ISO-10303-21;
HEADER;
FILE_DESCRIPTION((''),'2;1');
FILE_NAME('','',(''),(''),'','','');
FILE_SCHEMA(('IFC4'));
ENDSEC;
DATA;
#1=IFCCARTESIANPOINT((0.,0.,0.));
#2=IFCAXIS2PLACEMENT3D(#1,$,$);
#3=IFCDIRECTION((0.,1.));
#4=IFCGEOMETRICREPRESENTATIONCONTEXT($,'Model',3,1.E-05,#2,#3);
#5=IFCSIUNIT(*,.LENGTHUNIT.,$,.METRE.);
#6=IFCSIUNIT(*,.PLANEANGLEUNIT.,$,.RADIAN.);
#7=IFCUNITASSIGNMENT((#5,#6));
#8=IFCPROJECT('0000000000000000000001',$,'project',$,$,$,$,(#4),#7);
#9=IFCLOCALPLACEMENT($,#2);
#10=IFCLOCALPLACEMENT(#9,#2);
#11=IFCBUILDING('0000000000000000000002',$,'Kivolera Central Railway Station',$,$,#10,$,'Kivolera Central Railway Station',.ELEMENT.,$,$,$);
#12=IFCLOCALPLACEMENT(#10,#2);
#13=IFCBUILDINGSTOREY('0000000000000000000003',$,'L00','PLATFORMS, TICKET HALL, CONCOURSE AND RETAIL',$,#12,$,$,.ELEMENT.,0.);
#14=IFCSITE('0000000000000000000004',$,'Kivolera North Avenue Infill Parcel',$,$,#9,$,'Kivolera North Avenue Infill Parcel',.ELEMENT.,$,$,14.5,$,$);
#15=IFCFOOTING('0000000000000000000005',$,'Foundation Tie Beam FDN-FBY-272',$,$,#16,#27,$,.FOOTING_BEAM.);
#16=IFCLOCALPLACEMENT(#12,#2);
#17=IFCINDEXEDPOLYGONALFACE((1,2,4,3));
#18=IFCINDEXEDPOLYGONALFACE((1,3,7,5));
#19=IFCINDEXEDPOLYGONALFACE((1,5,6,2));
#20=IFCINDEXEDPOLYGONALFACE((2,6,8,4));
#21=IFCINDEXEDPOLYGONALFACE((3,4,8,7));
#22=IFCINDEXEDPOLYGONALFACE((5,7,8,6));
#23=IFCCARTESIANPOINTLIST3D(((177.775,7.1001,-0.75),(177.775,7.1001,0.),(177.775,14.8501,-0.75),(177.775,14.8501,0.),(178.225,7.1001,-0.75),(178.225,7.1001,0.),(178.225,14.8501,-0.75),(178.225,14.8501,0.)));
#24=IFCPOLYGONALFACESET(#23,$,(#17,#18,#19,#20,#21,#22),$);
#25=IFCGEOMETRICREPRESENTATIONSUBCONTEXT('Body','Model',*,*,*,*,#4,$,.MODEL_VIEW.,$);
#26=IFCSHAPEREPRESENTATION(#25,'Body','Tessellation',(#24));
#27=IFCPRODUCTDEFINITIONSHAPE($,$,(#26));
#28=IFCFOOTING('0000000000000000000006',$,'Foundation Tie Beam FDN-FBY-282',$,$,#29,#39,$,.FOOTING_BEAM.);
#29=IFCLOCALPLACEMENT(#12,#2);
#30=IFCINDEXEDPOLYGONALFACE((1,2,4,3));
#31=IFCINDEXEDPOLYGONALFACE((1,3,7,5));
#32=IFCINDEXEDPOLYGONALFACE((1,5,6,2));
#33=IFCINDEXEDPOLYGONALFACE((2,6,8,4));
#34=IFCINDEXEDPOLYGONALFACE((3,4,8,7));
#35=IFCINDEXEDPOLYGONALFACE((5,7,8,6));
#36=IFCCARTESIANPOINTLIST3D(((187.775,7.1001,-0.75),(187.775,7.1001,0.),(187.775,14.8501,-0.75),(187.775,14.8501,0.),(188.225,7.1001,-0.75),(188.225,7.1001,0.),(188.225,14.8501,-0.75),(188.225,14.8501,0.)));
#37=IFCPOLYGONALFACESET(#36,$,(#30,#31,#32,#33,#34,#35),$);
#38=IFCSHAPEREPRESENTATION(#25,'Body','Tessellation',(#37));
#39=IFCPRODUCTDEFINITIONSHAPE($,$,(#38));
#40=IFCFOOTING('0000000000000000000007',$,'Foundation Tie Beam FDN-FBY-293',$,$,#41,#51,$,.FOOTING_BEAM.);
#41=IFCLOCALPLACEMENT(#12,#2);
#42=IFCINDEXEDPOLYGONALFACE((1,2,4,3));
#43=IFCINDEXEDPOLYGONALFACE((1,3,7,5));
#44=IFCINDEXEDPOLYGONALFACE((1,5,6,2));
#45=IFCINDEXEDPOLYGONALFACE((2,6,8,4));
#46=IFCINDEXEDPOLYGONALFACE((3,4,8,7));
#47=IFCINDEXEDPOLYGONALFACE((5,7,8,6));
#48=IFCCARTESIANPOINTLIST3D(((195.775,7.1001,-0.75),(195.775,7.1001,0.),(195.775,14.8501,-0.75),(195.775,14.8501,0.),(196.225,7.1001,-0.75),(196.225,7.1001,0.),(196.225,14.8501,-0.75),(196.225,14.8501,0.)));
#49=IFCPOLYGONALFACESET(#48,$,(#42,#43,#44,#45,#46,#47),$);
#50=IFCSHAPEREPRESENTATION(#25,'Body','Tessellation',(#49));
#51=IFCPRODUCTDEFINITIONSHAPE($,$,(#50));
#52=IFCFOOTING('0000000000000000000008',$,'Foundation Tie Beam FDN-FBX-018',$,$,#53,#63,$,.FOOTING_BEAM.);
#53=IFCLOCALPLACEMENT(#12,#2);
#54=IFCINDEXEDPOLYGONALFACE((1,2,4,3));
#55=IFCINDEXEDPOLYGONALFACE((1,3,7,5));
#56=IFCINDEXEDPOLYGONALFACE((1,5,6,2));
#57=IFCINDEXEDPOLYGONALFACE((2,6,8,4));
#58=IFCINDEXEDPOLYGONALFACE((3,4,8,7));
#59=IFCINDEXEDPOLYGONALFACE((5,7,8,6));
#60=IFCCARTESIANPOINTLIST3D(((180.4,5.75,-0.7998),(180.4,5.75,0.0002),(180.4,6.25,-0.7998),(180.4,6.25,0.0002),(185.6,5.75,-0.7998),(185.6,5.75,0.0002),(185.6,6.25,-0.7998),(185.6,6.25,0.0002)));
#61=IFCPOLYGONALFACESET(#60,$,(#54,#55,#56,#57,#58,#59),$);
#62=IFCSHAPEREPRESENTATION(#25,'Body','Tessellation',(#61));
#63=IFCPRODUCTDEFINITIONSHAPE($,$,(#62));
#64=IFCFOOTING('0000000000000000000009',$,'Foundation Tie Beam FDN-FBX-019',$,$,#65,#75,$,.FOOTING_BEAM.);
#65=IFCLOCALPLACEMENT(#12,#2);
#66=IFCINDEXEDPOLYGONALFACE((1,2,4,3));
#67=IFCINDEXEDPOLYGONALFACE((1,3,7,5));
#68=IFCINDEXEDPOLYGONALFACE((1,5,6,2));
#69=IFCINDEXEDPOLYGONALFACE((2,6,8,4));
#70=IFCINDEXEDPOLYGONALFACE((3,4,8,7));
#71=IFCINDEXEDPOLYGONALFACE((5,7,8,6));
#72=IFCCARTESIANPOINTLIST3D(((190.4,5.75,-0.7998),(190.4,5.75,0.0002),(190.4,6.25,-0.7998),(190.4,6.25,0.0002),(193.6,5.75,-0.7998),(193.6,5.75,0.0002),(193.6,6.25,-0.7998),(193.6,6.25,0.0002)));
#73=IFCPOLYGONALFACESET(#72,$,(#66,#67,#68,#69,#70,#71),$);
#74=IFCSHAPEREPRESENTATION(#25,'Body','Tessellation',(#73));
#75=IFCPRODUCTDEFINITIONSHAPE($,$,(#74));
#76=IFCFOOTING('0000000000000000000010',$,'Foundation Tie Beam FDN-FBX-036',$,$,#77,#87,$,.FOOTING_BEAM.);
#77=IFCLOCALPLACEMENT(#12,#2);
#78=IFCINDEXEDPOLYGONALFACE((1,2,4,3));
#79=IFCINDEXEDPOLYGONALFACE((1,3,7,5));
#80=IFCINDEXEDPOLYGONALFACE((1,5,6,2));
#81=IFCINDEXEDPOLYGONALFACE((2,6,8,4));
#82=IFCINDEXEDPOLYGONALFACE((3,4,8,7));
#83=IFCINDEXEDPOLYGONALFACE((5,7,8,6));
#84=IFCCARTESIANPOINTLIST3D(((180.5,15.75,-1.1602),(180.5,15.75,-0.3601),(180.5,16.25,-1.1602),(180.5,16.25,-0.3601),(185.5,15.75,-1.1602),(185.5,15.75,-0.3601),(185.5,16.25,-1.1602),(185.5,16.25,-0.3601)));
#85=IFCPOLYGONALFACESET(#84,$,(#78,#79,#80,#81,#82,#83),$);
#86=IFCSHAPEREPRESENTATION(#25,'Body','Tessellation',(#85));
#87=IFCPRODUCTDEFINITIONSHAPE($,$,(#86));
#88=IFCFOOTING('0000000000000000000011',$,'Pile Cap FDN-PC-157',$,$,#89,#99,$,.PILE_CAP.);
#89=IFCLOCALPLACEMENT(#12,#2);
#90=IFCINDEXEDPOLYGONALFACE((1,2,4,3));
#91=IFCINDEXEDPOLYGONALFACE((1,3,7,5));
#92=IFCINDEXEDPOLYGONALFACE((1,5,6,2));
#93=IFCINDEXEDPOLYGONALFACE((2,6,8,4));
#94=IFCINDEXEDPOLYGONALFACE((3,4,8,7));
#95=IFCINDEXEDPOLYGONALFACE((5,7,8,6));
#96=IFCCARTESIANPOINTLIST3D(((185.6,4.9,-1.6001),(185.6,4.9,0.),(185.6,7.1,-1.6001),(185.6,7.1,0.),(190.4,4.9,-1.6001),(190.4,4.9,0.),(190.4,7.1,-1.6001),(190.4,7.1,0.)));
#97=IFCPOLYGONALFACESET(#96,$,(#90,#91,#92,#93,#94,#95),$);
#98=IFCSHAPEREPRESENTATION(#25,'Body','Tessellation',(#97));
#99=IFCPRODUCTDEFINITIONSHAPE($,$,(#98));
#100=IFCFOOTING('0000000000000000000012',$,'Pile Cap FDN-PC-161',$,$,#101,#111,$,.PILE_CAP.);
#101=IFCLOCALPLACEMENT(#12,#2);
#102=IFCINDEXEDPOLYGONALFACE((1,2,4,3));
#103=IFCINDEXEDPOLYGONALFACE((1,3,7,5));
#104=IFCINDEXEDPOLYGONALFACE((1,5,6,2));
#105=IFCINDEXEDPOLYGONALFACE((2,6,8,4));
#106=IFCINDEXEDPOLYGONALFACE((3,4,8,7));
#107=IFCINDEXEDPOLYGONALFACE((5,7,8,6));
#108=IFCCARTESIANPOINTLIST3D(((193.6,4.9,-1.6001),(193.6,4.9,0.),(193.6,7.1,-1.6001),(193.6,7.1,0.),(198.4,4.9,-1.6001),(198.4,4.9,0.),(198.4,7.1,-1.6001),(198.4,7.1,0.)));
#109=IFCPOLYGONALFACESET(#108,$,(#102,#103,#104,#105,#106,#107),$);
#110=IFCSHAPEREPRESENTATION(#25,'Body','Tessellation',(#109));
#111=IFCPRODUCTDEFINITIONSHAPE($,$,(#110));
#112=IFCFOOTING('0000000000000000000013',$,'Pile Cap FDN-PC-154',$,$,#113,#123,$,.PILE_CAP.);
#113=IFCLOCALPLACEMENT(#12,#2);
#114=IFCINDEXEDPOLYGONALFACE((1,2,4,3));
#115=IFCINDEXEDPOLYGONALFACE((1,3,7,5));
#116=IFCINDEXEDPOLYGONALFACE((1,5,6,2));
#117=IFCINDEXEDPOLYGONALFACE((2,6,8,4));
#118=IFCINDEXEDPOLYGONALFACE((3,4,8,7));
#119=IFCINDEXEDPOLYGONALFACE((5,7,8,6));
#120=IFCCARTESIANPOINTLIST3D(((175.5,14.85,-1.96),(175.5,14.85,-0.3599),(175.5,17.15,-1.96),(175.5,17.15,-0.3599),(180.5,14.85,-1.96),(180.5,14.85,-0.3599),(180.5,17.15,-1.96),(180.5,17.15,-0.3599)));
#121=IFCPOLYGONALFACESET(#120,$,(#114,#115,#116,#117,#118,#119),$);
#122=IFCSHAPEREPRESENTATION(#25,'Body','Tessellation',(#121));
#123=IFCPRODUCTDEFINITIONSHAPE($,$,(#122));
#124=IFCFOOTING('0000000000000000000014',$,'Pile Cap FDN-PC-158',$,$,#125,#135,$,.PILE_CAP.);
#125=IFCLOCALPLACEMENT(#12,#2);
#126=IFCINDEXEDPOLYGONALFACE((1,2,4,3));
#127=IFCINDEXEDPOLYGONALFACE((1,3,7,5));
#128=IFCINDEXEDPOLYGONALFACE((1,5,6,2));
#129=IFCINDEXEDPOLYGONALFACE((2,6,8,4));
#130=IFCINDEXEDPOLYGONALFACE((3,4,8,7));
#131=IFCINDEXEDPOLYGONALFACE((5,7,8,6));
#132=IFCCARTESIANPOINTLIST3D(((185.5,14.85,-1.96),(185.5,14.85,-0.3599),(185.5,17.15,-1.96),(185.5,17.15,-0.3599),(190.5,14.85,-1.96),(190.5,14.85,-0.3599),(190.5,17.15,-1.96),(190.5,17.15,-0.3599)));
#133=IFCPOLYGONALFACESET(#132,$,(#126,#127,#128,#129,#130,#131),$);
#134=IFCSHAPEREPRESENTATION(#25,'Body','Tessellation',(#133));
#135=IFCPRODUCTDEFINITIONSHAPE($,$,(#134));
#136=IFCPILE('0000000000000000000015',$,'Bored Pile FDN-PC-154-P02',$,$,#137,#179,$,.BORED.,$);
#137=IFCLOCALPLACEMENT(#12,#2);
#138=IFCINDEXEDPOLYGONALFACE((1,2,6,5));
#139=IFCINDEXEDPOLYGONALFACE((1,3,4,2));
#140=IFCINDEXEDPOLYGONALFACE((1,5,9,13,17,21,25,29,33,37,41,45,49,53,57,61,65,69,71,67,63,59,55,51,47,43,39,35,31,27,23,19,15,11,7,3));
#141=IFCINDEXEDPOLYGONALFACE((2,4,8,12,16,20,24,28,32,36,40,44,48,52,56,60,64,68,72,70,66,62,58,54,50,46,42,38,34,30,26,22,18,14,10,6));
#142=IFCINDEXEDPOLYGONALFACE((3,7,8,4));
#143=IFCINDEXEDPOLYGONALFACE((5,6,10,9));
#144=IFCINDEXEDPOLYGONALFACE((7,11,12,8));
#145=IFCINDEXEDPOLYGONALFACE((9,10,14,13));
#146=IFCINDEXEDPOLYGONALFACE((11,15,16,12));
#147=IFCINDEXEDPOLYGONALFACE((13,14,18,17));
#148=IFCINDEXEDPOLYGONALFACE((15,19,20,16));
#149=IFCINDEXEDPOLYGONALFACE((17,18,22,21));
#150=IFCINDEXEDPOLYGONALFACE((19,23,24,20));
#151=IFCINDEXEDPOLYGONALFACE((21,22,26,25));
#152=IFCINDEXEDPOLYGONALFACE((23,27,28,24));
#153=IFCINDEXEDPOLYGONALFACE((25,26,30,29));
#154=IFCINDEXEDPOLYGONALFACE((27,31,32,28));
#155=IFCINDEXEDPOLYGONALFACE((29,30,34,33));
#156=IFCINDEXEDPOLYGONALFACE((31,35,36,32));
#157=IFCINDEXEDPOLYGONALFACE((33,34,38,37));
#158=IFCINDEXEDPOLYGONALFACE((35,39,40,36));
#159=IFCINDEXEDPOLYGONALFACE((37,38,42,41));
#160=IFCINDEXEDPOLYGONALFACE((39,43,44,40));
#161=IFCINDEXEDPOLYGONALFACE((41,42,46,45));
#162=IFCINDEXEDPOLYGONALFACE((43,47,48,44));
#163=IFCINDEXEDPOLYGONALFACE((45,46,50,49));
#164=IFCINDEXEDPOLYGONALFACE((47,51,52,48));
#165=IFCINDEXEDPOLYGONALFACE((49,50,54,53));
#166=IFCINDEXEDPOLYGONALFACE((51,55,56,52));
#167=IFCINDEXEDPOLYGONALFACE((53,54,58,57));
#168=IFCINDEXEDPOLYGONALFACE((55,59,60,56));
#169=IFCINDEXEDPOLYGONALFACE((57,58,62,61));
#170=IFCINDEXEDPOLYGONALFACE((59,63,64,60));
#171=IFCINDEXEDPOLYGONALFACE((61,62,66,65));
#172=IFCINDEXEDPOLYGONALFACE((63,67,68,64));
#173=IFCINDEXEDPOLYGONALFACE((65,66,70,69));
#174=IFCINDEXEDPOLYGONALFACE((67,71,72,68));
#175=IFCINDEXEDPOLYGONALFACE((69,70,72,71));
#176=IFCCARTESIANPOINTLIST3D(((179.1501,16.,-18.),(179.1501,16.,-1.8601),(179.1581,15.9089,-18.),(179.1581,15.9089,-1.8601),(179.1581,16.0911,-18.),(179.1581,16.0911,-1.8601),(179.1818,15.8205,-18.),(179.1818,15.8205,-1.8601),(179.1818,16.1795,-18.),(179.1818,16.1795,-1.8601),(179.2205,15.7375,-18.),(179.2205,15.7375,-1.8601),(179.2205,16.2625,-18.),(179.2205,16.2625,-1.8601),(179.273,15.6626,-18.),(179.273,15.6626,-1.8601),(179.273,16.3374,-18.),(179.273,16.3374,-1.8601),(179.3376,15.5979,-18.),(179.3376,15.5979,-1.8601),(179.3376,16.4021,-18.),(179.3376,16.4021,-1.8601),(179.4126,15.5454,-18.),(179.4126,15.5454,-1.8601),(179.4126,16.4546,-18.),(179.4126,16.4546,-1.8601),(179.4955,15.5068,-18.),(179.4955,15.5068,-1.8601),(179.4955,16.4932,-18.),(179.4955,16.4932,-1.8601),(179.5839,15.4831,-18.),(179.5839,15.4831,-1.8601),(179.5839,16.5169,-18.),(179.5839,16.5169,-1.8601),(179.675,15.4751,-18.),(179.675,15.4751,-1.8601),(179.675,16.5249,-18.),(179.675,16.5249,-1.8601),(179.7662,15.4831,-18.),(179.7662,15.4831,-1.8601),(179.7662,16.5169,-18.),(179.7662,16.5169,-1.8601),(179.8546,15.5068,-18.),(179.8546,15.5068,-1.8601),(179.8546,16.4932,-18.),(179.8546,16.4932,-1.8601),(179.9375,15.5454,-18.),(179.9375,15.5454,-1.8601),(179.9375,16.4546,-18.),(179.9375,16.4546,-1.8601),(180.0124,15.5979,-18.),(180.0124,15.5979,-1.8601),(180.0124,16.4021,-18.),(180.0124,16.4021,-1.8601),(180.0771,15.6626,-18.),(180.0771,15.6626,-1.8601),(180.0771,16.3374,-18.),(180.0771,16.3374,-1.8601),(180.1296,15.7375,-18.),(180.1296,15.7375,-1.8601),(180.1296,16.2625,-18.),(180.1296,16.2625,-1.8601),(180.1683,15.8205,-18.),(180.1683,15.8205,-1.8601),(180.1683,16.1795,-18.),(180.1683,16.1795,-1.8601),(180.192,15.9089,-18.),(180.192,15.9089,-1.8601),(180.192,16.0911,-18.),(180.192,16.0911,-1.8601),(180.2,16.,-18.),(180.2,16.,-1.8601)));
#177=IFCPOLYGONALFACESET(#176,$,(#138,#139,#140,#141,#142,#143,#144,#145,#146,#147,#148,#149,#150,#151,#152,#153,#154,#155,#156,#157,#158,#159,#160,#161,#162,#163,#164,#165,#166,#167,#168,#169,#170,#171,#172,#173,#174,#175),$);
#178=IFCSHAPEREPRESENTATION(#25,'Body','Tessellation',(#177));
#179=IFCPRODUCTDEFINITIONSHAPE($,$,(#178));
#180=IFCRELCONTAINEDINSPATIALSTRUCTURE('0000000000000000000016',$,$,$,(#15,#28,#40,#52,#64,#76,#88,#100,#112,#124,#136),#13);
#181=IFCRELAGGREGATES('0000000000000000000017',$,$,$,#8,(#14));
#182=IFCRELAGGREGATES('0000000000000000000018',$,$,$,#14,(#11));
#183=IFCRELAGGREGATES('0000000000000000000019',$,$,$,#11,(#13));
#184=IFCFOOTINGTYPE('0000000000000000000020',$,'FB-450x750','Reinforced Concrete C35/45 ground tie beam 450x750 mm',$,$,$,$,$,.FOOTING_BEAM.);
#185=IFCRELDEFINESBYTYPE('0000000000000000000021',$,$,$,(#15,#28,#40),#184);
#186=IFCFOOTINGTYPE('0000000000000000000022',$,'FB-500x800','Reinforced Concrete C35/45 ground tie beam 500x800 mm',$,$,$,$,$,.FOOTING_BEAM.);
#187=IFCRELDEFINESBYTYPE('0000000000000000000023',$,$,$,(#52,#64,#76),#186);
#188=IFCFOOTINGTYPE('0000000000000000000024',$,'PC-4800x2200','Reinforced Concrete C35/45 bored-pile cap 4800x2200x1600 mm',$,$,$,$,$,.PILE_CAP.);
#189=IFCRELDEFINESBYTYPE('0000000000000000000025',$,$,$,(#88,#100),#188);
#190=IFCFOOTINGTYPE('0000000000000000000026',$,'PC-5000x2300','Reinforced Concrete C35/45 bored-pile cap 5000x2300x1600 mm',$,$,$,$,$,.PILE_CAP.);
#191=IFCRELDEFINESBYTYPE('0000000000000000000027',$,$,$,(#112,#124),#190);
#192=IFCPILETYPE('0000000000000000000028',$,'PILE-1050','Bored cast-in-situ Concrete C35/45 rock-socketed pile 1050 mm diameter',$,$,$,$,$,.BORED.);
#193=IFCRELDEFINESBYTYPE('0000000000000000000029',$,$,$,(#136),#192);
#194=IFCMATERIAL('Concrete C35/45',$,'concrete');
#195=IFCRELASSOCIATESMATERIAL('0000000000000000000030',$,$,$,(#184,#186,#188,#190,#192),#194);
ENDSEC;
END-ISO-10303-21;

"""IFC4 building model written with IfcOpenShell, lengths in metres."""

from ifc_helpers import new_model, si_unit, direction, frame, origin, origin_2d, place, context, subcontext, project, spatial, rectangle, circle, extrude, material, material_profile, profile_set, type_object, element, save


model = new_model("IFC4")

# Units and contexts
model_context = context("Model", 3, precision=1e-05, world=origin(), true_north=direction((0.0, 1.0)))
body_context = subcontext(model_context, "Body", "Model", "MODEL_VIEW")
ifc_project = project(units=[si_unit("LENGTHUNIT", "METRE"), si_unit("PLANEANGLEUNIT", "RADIAN")], contexts=[model_context])

# Site, building, storey
site_placement = place(None, origin())
site = spatial("IfcSite", under=ifc_project, at=site_placement, Name="Kivolera North Avenue Infill Parcel", LongName="Kivolera North Avenue Infill Parcel", CompositionType="ELEMENT", RefElevation=14.5)
building_placement = place(site_placement, origin())
building = spatial("IfcBuilding", under=site, at=building_placement, Name="Kivolera Central Railway Station", LongName="Kivolera Central Railway Station", CompositionType="ELEMENT")
storey_placement = place(building_placement, origin())
storey = spatial("IfcBuildingStorey", under=building, at=storey_placement, Name="L00", Description="PLATFORMS, TICKET HALL, CONCOURSE AND RETAIL", CompositionType="ELEMENT", Elevation=0.0)

# Footings
ifc_material_1 = material(Name="Concrete C35/45", Category="concrete")
footing_type_1 = type_object("IfcFootingType", Name="FB-450x750", Description="Reinforced Concrete C35/45 ground tie beam 450x750 mm", PredefinedType="FOOTING_BEAM", material=ifc_material_1)
for number, where, z_axis, x_axis, name in (
    (1, (178.0, 10.9751, -0.75), (0.0, 0.0, 1.0), (1.0, 0.0, 0.0), "Foundation Tie Beam FDN-FBY-272"),
    (2, (188.0, 10.9751, -0.75), (0.0, 0.0, 1.0), (1.0, 0.0, 0.0), "Foundation Tie Beam FDN-FBY-282"),
    (3, (196.0, 10.9751, -0.75), (0.0, 0.0, 1.0), (1.0, 0.0, 0.0), "Foundation Tie Beam FDN-FBY-293"),
):
    element("IfcFooting", number, at=place(storey_placement, frame(where, z_axis=z_axis, x_axis=x_axis)), inside=storey, type_object=footing_type_1, Name=name, PredefinedType="FOOTING_BEAM", context=body_context, shape_type="SweptSolid", body=[
        extrude(rectangle(XDim=0.45, YDim=7.75, at=origin_2d()), origin(), (0.0, 0.0, 1.0), 0.75),
    ])
footing_type_2 = type_object("IfcFootingType", Name="FB-500x800", Description="Reinforced Concrete C35/45 ground tie beam 500x800 mm", PredefinedType="FOOTING_BEAM", material=ifc_material_1)
footing_1_placement = place(storey_placement, frame((183.0, 6.0, -0.7998), z_axis=(0.0, 0.0, 1.0), x_axis=(1.0, 0.0, 0.0)))
element("IfcFooting", 4, at=footing_1_placement, inside=storey, type_object=footing_type_2, Name="Foundation Tie Beam FDN-FBX-018", PredefinedType="FOOTING_BEAM", context=body_context, shape_type="SweptSolid", body=[
    extrude(rectangle(XDim=5.2, YDim=0.5, at=origin_2d()), origin(), (0.0, 0.0, 1.0), 0.8),
])
footing_2_placement = place(storey_placement, frame((192.0, 6.0, -0.7998), z_axis=(0.0, 0.0, 1.0), x_axis=(1.0, 0.0, 0.0)))
element("IfcFooting", 5, at=footing_2_placement, inside=storey, type_object=footing_type_2, Name="Foundation Tie Beam FDN-FBX-019", PredefinedType="FOOTING_BEAM", context=body_context, shape_type="SweptSolid", body=[
    extrude(rectangle(XDim=3.2, YDim=0.5, at=origin_2d()), origin(), (0.0, 0.0, 1.0), 0.8),
])
footing_3_placement = place(storey_placement, frame((183.0, 16.0, -1.1602), z_axis=(0.0, 0.0, 1.0), x_axis=(1.0, 0.0, 0.0)))
element("IfcFooting", 6, at=footing_3_placement, inside=storey, type_object=footing_type_2, Name="Foundation Tie Beam FDN-FBX-036", PredefinedType="FOOTING_BEAM", context=body_context, shape_type="SweptSolid", body=[
    extrude(rectangle(XDim=5.0, YDim=0.5, at=origin_2d()), origin(), (0.0, 0.0, 1.0), 0.8),
])
footing_type_3 = type_object("IfcFootingType", Name="PC-4800x2200", Description="Reinforced Concrete C35/45 bored-pile cap 4800x2200x1600 mm", PredefinedType="PILE_CAP", material=ifc_material_1)
for number, where, z_axis, x_axis, name in (
    (7, (188.0, 6.0, -1.6001), (0.0, 0.0, 1.0), (1.0, 0.0, 0.0), "Pile Cap FDN-PC-157"),
    (8, (196.0, 6.0, -1.6001), (0.0, 0.0, 1.0), (1.0, 0.0, 0.0), "Pile Cap FDN-PC-161"),
):
    element("IfcFooting", number, at=place(storey_placement, frame(where, z_axis=z_axis, x_axis=x_axis)), inside=storey, type_object=footing_type_3, Name=name, PredefinedType="PILE_CAP", context=body_context, shape_type="SweptSolid", body=[
        extrude(rectangle(XDim=4.8, YDim=2.2, at=origin_2d()), origin(), (0.0, 0.0, 1.0), 1.6001),
    ])
footing_type_4 = type_object("IfcFootingType", Name="PC-5000x2300", Description="Reinforced Concrete C35/45 bored-pile cap 5000x2300x1600 mm", PredefinedType="PILE_CAP", material=ifc_material_1)
for number, where, z_axis, x_axis, name in (
    (9, (178.0, 16.0, -1.96), (0.0, 0.0, 1.0), (1.0, 0.0, 0.0), "Pile Cap FDN-PC-154"),
    (10, (188.0, 16.0, -1.96), (0.0, 0.0, 1.0), (1.0, 0.0, 0.0), "Pile Cap FDN-PC-158"),
):
    element("IfcFooting", number, at=place(storey_placement, frame(where, z_axis=z_axis, x_axis=x_axis)), inside=storey, type_object=footing_type_4, Name=name, PredefinedType="PILE_CAP", context=body_context, shape_type="SweptSolid", body=[
        extrude(rectangle(XDim=5.0, YDim=2.3, at=origin_2d()), origin(), (0.0, 0.0, 1.0), 1.6001),
    ])

# Pile
ifc_material_profile_1 = material_profile(ifc_material_1, circle(Radius=0.5249, at=origin_2d()), Name="PILE D1050")
ifc_profile_set_1 = profile_set([ifc_material_profile_1], Name="Concrete C35/45")
pile_type = type_object("IfcPileType", Name="PILE-1050", Description="Bored cast-in-situ Concrete C35/45 rock-socketed pile 1050 mm diameter", PredefinedType="BORED", material=ifc_profile_set_1)
pile_1_placement = place(storey_placement, frame((179.675, 16.0, -1.8601), z_axis=(0.0, 0.0, -1.0), x_axis=(1.0, 0.0, 0.0)))
element("IfcPile", 11, at=pile_1_placement, inside=storey, type_object=pile_type, Name="Bored Pile FDN-PC-154-P02", PredefinedType="BORED", context=body_context, shape_type="SweptSolid", body=[
    extrude(circle(Radius=0.5249, at=origin_2d()), origin(), (0.0, 0.0, 1.0), 16.1399),
])

save(model, "model.ifc")
